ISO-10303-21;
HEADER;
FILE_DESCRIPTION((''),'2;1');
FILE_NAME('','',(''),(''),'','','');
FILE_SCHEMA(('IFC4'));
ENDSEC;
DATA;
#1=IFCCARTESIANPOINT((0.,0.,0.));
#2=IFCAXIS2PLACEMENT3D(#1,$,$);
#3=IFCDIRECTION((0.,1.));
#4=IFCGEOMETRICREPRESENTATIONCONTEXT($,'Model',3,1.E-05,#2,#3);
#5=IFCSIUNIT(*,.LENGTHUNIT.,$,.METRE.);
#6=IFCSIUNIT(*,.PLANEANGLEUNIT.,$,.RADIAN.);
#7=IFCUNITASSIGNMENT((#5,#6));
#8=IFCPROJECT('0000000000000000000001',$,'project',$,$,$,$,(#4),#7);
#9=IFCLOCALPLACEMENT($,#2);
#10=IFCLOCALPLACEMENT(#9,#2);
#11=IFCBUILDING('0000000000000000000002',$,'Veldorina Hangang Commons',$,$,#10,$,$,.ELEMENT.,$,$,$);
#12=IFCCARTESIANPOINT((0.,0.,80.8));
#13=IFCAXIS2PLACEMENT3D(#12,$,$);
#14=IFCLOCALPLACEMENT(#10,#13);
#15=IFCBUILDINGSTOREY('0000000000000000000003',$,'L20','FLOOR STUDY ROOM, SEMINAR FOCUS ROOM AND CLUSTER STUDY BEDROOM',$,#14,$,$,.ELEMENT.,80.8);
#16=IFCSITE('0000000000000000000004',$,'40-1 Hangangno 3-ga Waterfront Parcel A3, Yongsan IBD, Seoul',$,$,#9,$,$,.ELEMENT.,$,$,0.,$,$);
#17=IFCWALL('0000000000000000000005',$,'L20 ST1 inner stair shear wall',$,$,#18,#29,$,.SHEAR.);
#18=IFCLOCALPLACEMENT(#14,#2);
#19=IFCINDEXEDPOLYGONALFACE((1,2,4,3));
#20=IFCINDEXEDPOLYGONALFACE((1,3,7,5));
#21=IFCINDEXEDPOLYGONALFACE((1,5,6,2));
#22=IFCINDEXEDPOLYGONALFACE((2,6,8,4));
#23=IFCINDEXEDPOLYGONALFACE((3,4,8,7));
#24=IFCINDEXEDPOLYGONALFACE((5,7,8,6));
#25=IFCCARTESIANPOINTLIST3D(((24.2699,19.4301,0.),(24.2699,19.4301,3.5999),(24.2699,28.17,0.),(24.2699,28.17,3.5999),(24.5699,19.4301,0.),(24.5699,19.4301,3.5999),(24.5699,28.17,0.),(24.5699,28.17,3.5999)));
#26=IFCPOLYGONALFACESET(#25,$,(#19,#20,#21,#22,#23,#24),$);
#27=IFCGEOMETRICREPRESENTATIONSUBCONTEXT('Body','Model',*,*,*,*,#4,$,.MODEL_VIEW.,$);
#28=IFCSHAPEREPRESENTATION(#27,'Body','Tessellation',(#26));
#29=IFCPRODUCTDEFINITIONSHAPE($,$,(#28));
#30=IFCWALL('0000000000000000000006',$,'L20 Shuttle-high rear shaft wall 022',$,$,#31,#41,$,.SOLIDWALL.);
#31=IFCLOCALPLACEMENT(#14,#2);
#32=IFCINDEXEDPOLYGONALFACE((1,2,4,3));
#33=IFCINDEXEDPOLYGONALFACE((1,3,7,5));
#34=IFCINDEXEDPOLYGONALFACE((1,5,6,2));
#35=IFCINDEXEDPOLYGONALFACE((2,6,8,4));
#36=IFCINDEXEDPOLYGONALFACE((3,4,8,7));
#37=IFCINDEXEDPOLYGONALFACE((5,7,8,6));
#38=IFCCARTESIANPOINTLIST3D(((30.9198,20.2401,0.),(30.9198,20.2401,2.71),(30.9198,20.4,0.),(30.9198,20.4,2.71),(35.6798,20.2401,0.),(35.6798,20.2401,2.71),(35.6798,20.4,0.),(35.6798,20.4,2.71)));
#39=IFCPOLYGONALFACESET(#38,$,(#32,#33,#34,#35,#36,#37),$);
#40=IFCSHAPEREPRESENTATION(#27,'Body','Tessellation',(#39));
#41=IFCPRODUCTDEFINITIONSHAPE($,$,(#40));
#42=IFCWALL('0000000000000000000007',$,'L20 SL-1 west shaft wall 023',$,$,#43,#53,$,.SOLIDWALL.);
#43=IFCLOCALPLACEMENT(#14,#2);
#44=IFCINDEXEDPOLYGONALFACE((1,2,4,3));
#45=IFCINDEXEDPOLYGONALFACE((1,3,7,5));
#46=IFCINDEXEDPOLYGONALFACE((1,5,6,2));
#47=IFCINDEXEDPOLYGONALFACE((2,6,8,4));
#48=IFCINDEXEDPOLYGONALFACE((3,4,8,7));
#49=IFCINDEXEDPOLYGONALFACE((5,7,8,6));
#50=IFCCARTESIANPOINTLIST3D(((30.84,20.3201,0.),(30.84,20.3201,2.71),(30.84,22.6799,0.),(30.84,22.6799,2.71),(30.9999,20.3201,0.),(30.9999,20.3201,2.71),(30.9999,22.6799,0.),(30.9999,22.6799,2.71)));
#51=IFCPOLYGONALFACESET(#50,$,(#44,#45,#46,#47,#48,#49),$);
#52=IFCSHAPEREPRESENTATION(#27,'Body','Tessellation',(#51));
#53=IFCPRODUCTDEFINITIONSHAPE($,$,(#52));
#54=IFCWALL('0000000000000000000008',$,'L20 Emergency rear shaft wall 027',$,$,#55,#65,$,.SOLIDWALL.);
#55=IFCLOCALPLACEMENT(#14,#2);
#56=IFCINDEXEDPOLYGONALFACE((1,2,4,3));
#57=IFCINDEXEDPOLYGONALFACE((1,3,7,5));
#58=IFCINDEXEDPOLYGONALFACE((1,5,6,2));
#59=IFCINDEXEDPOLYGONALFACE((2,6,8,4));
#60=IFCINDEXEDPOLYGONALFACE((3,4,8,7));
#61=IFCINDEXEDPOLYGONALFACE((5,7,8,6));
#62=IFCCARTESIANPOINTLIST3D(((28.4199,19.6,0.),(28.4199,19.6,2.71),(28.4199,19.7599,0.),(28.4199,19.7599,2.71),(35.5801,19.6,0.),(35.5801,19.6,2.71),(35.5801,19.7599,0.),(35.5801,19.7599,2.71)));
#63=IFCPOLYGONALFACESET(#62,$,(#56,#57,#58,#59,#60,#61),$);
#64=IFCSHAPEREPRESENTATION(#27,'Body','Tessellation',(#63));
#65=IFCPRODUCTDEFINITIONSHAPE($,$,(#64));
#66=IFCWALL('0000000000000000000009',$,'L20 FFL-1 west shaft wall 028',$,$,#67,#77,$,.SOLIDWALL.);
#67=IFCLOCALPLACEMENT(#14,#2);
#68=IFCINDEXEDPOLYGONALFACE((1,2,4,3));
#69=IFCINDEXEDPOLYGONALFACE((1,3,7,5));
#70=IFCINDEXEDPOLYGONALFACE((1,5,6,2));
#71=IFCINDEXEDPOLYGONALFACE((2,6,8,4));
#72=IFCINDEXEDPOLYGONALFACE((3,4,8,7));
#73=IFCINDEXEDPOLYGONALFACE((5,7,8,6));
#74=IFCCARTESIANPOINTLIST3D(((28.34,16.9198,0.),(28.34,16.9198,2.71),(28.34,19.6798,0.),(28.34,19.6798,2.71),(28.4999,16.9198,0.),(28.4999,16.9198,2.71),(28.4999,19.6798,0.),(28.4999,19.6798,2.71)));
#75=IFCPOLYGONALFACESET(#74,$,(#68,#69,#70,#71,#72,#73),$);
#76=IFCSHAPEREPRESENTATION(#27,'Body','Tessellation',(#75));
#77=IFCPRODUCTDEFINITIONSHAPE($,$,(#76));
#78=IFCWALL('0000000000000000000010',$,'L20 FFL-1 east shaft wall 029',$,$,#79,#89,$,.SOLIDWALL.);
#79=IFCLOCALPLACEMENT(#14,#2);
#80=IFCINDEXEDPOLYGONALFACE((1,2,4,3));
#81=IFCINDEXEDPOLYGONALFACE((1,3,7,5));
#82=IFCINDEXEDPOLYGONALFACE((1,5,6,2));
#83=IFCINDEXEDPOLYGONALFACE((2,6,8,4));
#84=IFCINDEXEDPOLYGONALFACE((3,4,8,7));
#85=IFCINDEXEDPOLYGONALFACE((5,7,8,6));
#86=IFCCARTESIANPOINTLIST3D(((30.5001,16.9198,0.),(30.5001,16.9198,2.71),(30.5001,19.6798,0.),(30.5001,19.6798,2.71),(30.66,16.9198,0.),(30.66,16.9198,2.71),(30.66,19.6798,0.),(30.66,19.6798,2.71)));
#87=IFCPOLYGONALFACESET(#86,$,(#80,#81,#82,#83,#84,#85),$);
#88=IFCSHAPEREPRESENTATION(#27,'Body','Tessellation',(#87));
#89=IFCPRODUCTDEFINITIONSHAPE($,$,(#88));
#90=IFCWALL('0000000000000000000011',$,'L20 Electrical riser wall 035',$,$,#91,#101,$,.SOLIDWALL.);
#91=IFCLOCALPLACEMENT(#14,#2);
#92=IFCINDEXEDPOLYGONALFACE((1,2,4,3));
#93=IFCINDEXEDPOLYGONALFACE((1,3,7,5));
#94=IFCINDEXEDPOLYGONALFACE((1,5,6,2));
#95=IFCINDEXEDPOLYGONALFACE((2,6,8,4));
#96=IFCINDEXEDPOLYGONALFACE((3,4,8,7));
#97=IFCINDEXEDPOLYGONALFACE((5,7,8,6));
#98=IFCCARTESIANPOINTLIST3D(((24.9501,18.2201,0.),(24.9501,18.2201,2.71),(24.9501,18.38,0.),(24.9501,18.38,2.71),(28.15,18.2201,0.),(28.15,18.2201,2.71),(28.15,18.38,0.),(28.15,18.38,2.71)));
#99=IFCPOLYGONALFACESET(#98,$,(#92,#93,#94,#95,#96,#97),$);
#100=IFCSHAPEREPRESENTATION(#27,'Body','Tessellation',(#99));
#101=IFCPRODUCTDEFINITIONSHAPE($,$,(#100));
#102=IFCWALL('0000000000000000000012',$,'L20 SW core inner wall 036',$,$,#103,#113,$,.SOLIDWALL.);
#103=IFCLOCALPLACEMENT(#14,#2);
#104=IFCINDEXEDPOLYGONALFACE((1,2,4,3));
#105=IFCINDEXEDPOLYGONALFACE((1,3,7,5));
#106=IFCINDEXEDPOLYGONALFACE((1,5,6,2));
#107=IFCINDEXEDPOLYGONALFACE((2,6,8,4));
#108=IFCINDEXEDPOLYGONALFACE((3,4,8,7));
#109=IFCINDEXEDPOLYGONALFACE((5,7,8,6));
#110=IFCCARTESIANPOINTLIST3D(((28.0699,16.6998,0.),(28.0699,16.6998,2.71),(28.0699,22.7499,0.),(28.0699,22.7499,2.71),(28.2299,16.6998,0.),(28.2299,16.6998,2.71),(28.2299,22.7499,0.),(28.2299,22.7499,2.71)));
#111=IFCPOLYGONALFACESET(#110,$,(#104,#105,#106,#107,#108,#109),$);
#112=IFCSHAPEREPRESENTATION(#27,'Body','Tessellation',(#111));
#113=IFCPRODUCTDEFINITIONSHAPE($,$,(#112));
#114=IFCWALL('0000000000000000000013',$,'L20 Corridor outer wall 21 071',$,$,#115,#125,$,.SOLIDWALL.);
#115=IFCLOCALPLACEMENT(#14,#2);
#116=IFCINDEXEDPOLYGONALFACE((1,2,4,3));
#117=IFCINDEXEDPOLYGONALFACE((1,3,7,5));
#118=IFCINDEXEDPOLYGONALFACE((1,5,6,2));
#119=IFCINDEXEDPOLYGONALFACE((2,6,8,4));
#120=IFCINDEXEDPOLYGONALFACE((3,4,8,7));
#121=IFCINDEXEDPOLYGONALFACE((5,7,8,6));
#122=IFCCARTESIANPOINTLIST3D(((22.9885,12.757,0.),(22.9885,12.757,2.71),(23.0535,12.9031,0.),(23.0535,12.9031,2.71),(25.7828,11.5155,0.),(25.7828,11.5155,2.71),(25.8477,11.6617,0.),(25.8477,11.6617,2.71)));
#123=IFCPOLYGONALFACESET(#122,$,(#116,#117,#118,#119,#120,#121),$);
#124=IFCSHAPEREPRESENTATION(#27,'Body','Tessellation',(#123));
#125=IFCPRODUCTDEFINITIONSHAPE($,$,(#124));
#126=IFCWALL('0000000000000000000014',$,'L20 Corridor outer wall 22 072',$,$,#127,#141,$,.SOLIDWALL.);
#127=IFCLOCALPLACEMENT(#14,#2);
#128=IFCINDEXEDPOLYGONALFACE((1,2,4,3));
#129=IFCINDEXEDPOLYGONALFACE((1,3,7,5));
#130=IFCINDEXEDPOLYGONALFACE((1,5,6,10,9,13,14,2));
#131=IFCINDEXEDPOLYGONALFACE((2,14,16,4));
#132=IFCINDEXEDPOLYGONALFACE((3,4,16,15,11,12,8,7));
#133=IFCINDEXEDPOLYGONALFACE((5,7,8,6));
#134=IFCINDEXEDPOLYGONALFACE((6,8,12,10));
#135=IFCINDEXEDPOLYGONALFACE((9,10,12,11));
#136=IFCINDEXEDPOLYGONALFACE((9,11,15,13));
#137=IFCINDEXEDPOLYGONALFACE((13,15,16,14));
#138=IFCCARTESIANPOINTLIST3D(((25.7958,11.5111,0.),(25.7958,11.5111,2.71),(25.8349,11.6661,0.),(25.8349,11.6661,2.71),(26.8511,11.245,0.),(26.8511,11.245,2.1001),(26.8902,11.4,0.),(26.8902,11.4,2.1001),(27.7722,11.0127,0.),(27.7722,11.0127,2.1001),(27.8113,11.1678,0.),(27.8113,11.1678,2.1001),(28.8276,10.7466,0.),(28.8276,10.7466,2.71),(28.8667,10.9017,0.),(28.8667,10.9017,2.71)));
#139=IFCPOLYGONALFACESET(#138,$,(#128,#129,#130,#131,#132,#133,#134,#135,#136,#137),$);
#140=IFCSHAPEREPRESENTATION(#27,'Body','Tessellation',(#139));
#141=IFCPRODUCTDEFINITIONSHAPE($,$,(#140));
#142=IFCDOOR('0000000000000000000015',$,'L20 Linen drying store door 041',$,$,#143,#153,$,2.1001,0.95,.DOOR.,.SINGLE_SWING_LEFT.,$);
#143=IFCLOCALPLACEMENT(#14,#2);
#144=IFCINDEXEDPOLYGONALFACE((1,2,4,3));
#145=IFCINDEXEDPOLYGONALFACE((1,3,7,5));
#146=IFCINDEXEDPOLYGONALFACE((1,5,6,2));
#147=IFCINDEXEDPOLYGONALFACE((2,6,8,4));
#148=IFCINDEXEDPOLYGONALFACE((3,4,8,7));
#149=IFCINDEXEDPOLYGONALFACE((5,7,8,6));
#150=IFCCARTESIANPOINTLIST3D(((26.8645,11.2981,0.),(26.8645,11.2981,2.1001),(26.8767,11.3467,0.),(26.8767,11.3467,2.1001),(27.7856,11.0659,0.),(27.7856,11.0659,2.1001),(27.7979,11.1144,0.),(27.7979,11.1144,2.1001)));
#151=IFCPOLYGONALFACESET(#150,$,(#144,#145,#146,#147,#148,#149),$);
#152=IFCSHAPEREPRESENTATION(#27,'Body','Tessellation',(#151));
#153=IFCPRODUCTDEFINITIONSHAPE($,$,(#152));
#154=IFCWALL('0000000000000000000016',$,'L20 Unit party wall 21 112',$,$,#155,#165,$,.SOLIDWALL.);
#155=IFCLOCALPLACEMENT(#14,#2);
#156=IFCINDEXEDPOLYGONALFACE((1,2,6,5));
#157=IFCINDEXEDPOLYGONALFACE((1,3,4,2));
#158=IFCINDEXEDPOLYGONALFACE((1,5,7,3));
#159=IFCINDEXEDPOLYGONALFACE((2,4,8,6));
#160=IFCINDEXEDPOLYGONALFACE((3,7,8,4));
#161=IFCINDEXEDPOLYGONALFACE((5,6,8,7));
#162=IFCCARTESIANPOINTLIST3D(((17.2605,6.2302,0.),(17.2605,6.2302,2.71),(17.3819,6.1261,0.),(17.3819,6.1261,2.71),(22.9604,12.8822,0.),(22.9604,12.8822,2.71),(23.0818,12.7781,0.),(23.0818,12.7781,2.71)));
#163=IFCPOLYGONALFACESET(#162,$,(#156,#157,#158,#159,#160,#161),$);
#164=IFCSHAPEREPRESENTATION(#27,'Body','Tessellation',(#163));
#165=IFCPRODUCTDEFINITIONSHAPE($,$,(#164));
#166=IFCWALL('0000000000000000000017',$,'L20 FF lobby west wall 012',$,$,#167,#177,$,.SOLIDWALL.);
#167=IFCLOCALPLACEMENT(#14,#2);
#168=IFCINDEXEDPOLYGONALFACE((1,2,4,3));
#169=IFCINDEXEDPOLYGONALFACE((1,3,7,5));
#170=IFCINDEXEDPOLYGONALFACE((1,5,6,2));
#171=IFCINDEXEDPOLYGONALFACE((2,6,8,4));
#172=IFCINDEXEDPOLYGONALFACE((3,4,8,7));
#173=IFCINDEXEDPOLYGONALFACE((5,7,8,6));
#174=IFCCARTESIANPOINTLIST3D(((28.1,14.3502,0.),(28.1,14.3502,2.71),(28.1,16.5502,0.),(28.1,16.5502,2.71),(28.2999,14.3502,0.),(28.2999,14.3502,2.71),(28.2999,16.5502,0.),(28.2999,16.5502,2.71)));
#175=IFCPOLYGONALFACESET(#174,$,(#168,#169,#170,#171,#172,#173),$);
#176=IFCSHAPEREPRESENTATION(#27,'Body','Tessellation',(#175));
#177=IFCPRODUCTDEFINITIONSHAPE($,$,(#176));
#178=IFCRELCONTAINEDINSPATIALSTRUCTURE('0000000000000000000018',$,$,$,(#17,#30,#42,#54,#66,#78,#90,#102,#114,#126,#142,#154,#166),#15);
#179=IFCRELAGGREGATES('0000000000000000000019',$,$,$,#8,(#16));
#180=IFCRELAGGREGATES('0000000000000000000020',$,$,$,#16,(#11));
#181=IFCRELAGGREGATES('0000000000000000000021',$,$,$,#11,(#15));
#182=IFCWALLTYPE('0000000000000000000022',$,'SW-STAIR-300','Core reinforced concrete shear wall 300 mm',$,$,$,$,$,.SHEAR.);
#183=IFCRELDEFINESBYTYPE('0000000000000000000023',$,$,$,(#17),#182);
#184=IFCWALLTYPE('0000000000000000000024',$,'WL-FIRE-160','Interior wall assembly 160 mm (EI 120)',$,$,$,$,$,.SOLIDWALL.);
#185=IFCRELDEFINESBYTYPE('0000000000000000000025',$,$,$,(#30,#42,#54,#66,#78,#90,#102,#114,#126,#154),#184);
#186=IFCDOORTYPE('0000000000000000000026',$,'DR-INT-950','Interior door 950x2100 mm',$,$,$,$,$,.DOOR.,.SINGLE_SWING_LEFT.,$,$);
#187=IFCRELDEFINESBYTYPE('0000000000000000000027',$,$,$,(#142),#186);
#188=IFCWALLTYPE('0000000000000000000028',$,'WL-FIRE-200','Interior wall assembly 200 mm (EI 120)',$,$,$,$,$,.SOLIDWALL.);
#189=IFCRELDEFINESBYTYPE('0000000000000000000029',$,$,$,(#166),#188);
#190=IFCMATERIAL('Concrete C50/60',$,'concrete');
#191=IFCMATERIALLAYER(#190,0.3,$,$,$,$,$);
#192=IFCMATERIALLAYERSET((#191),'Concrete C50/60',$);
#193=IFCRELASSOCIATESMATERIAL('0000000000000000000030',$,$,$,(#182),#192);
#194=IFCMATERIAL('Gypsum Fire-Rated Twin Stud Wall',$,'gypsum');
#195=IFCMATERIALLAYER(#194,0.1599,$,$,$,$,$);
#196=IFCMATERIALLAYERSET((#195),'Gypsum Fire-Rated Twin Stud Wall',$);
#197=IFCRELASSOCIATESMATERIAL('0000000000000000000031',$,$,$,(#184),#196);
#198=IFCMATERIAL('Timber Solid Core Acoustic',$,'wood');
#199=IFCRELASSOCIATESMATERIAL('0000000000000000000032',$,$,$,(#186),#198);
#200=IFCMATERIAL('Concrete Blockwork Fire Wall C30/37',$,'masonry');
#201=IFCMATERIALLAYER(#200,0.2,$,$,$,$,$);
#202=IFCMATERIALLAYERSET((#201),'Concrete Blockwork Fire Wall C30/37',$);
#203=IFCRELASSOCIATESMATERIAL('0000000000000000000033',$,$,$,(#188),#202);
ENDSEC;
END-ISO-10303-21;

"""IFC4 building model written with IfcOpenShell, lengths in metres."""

from ifc_helpers import new_model, si_unit, direction, frame, frame_2d, origin, place, context, subcontext, project, spatial, rectangle, extrude, material, layer, layer_set, type_object, element, fill, save


model = new_model("IFC4")

# Units and contexts
model_context = context("Model", 3, precision=1e-05, world=origin(), true_north=direction((0.0, 1.0)))
body_context = subcontext(model_context, "Body", "Model", "MODEL_VIEW")
ifc_project = project(units=[si_unit("LENGTHUNIT", "METRE"), si_unit("PLANEANGLEUNIT", "RADIAN")], contexts=[model_context])

# Site, building, storey
site_placement = place(None, origin())
site = spatial("IfcSite", under=ifc_project, at=site_placement, Name="40-1 Hangangno 3-ga Waterfront Parcel A3, Yongsan IBD, Seoul", CompositionType="ELEMENT", RefElevation=0.0)
building_placement = place(site_placement, origin())
building = spatial("IfcBuilding", under=site, at=building_placement, Name="Veldorina Hangang Commons", CompositionType="ELEMENT")
storey_placement = place(building_placement, frame((0.0, 0.0, 80.8)))
storey = spatial("IfcBuildingStorey", under=building, at=storey_placement, Name="L20", Description="FLOOR STUDY ROOM, SEMINAR FOCUS ROOM AND CLUSTER STUDY BEDROOM", CompositionType="ELEMENT", Elevation=80.8)

# Walls
ifc_material_1 = material(Name="Concrete C50/60", Category="concrete")
ifc_layer_1 = layer(ifc_material_1, 0.3)
ifc_layer_set_1 = layer_set([ifc_layer_1], Name="Concrete C50/60")
wall_type_1 = type_object("IfcWallType", Name="SW-STAIR-300", Description="Core reinforced concrete shear wall 300 mm", PredefinedType="SHEAR", material=ifc_layer_set_1)
wall_1_placement = place(storey_placement, frame((24.4199, 19.4299, 0.0), z_axis=(0.0, 0.0, 1.0), x_axis=(0.0, 1.0, 0.0)))
element("IfcWall", 1, at=wall_1_placement, inside=storey, type_object=wall_type_1, Name="L20 ST1 inner stair shear wall", PredefinedType="SHEAR", context=body_context, shape_type="SweptSolid", body=[
    extrude(rectangle(XDim=8.74, YDim=0.3, at=frame_2d((4.3701, 0.0))), origin(), (0.0, 0.0, 1.0), 3.5999),
])
ifc_material_2 = material(Name="Gypsum Fire-Rated Twin Stud Wall", Category="gypsum")
ifc_layer_2 = layer(ifc_material_2, 0.1599)
ifc_layer_set_2 = layer_set([ifc_layer_2], Name="Gypsum Fire-Rated Twin Stud Wall")
wall_type_2 = type_object("IfcWallType", Name="WL-FIRE-160", Description="Interior wall assembly 160 mm (EI 120)", PredefinedType="SOLIDWALL", material=ifc_layer_set_2)
wall_2_placement = place(storey_placement, frame((30.9199, 20.3201, 0.0), z_axis=(0.0, 0.0, 1.0), x_axis=(1.0, 0.0, 0.0)))
element("IfcWall", 2, at=wall_2_placement, inside=storey, type_object=wall_type_2, Name="L20 Shuttle-high rear shaft wall 022", PredefinedType="SOLIDWALL", context=body_context, shape_type="SweptSolid", body=[
    extrude(rectangle(XDim=4.76, YDim=0.1599, at=frame_2d((2.3799, 0.0))), origin(), (0.0, 0.0, 1.0), 2.71),
])
wall_3_placement = place(storey_placement, frame((30.9199, 20.3201, 0.0), z_axis=(0.0, 0.0, 1.0), x_axis=(0.0, 1.0, 0.0)))
element("IfcWall", 3, at=wall_3_placement, inside=storey, type_object=wall_type_2, Name="L20 SL-1 west shaft wall 023", PredefinedType="SOLIDWALL", context=body_context, shape_type="SweptSolid", body=[
    extrude(rectangle(XDim=2.3599, YDim=0.1599, at=frame_2d((1.1799, 0.0))), origin(), (0.0, 0.0, 1.0), 2.71),
])

# Walls
wall_4_placement = place(storey_placement, frame((28.4199, 19.6799, 0.0), z_axis=(0.0, 0.0, 1.0), x_axis=(1.0, 0.0, 0.0)))
element("IfcWall", 4, at=wall_4_placement, inside=storey, type_object=wall_type_2, Name="L20 Emergency rear shaft wall 027", PredefinedType="SOLIDWALL", context=body_context, shape_type="SweptSolid", body=[
    extrude(rectangle(XDim=7.1602, YDim=0.1599, at=frame_2d((3.5801, 0.0))), origin(), (0.0, 0.0, 1.0), 2.71),
])
for number, where, z_axis, x_axis, name in (
    (5, (28.4199, 16.9199, 0.0), (0.0, 0.0, 1.0), (0.0, 1.0, 0.0), "L20 FFL-1 west shaft wall 028"),
    (6, (30.5801, 16.9199, 0.0), (0.0, 0.0, 1.0), (0.0, 1.0, 0.0), "L20 FFL-1 east shaft wall 029"),
):
    element("IfcWall", number, at=place(storey_placement, frame(where, z_axis=z_axis, x_axis=x_axis)), inside=storey, type_object=wall_type_2, Name=name, PredefinedType="SOLIDWALL", context=body_context, shape_type="SweptSolid", body=[
        extrude(rectangle(XDim=2.76, YDim=0.1599, at=frame_2d((1.3799, 0.0))), origin(), (0.0, 0.0, 1.0), 2.71),
    ])
wall_5_placement = place(storey_placement, frame((24.95, 18.3, 0.0), z_axis=(0.0, 0.0, 1.0), x_axis=(1.0, 0.0, 0.0)))
element("IfcWall", 7, at=wall_5_placement, inside=storey, type_object=wall_type_2, Name="L20 Electrical riser wall 035", PredefinedType="SOLIDWALL", context=body_context, shape_type="SweptSolid", body=[
    extrude(rectangle(XDim=3.2, YDim=0.1599, at=frame_2d((1.6001, 0.0))), origin(), (0.0, 0.0, 1.0), 2.71),
])
wall_6_placement = place(storey_placement, frame((28.1499, 16.7, 0.0), z_axis=(0.0, 0.0, 1.0), x_axis=(0.0, 1.0, 0.0)))
element("IfcWall", 8, at=wall_6_placement, inside=storey, type_object=wall_type_2, Name="L20 SW core inner wall 036", PredefinedType="SOLIDWALL", context=body_context, shape_type="SweptSolid", body=[
    extrude(rectangle(XDim=6.05, YDim=0.1599, at=frame_2d((3.0249, 0.0))), origin(), (0.0, 0.0, 1.0), 2.71),
])
wall_7_placement = place(storey_placement, frame((23.021, 12.8301, 0.0), z_axis=(0.0, 0.0, 1.0), x_axis=(0.913861, -0.406027, 0.0)))
element("IfcWall", 9, at=wall_7_placement, inside=storey, type_object=wall_type_2, Name="L20 Corridor outer wall 21 071", PredefinedType="SOLIDWALL", context=body_context, shape_type="SweptSolid", body=[
    extrude(rectangle(XDim=3.0576, YDim=0.1599, at=frame_2d((1.5288, 0.0))), origin(), (0.0, 0.0, 1.0), 2.71),
])

# Wall, opening, door
wall_8_placement = place(storey_placement, frame((25.8152, 11.5886, 0.0), z_axis=(0.0, 0.0, 1.0), x_axis=(0.969654, -0.244483, 0.0)))
wall_8 = element("IfcWall", 10, at=wall_8_placement, inside=storey, type_object=wall_type_2, Name="L20 Corridor outer wall 22 072", PredefinedType="SOLIDWALL", context=body_context, shape_type="SweptSolid", body=[
    extrude(rectangle(XDim=3.1267, YDim=0.1599, at=frame_2d((1.5635, 0.0))), origin(), (0.0, 0.0, 1.0), 2.71),
])
opening_1_placement = place(wall_8_placement, frame((1.0884, 0.0, 0.0)))
opening_1 = element("IfcOpeningElement", 11, at=opening_1_placement, cuts=wall_8, PredefinedType="OPENING", context=body_context, shape_type="SweptSolid", body=[
    extrude(rectangle(XDim=0.95, YDim=2.1001, at=frame_2d((0.4751, 1.05))), frame((0.0, 0.0898, 0.0), z_axis=(0.0, -1.0, 0.0), x_axis=(1.0, 0.0, 0.0)), (0.0, 0.0, 1.0), 0.1799),
])
ifc_material_3 = material(Name="Timber Solid Core Acoustic", Category="wood")
door_type_1 = type_object("IfcDoorType", Name="DR-INT-950", Description="Interior door 950x2100 mm", OperationType="SINGLE_SWING_LEFT", PredefinedType="DOOR", material=ifc_material_3)
door_1_placement = place(opening_1_placement, origin())
door_1 = element("IfcDoor", 12, at=door_1_placement, inside=storey, type_object=door_type_1, Name="L20 Linen drying store door 041", OperationType="SINGLE_SWING_LEFT", OverallHeight=2.1001, OverallWidth=0.95, PredefinedType="DOOR", context=body_context, shape_type="SweptSolid", body=[
    extrude(rectangle(XDim=0.95, YDim=2.1001, at=frame_2d((0.4751, 1.05))), frame((0.0, 0.0249, 0.0), z_axis=(0.0, -1.0, 0.0), x_axis=(1.0, 0.0, 0.0)), (0.0, 0.0, 1.0), 0.05),
])
fill(opening_1, door_1)

# Walls
wall_9_placement = place(storey_placement, frame((23.021, 12.8301, 0.0), z_axis=(0.0, 0.0, 1.0), x_axis=(-0.65067, -0.759361, 0.0)))
element("IfcWall", 13, at=wall_9_placement, inside=storey, type_object=wall_type_2, Name="L20 Unit party wall 21 112", PredefinedType="SOLIDWALL", context=body_context, shape_type="SweptSolid", body=[
    extrude(rectangle(XDim=8.76, YDim=0.1599, at=frame_2d((4.3799, 0.0))), origin(), (0.0, 0.0, 1.0), 2.71),
])
ifc_material_4 = material(Name="Concrete Blockwork Fire Wall C30/37", Category="masonry")
ifc_layer_3 = layer(ifc_material_4, 0.2)
ifc_layer_set_3 = layer_set([ifc_layer_3], Name="Concrete Blockwork Fire Wall C30/37")
wall_type_3 = type_object("IfcWallType", Name="WL-FIRE-200", Description="Interior wall assembly 200 mm (EI 120)", PredefinedType="SOLIDWALL", material=ifc_layer_set_3)
wall_10_placement = place(storey_placement, frame((28.2, 14.3501, 0.0), z_axis=(0.0, 0.0, 1.0), x_axis=(0.0, 1.0, 0.0)))
element("IfcWall", 14, at=wall_10_placement, inside=storey, type_object=wall_type_3, Name="L20 FF lobby west wall 012", PredefinedType="SOLIDWALL", context=body_context, shape_type="SweptSolid", body=[
    extrude(rectangle(XDim=2.2, YDim=0.2, at=frame_2d((1.1001, 0.0))), origin(), (0.0, 0.0, 1.0), 2.71),
])

save(model, "model.ifc")
